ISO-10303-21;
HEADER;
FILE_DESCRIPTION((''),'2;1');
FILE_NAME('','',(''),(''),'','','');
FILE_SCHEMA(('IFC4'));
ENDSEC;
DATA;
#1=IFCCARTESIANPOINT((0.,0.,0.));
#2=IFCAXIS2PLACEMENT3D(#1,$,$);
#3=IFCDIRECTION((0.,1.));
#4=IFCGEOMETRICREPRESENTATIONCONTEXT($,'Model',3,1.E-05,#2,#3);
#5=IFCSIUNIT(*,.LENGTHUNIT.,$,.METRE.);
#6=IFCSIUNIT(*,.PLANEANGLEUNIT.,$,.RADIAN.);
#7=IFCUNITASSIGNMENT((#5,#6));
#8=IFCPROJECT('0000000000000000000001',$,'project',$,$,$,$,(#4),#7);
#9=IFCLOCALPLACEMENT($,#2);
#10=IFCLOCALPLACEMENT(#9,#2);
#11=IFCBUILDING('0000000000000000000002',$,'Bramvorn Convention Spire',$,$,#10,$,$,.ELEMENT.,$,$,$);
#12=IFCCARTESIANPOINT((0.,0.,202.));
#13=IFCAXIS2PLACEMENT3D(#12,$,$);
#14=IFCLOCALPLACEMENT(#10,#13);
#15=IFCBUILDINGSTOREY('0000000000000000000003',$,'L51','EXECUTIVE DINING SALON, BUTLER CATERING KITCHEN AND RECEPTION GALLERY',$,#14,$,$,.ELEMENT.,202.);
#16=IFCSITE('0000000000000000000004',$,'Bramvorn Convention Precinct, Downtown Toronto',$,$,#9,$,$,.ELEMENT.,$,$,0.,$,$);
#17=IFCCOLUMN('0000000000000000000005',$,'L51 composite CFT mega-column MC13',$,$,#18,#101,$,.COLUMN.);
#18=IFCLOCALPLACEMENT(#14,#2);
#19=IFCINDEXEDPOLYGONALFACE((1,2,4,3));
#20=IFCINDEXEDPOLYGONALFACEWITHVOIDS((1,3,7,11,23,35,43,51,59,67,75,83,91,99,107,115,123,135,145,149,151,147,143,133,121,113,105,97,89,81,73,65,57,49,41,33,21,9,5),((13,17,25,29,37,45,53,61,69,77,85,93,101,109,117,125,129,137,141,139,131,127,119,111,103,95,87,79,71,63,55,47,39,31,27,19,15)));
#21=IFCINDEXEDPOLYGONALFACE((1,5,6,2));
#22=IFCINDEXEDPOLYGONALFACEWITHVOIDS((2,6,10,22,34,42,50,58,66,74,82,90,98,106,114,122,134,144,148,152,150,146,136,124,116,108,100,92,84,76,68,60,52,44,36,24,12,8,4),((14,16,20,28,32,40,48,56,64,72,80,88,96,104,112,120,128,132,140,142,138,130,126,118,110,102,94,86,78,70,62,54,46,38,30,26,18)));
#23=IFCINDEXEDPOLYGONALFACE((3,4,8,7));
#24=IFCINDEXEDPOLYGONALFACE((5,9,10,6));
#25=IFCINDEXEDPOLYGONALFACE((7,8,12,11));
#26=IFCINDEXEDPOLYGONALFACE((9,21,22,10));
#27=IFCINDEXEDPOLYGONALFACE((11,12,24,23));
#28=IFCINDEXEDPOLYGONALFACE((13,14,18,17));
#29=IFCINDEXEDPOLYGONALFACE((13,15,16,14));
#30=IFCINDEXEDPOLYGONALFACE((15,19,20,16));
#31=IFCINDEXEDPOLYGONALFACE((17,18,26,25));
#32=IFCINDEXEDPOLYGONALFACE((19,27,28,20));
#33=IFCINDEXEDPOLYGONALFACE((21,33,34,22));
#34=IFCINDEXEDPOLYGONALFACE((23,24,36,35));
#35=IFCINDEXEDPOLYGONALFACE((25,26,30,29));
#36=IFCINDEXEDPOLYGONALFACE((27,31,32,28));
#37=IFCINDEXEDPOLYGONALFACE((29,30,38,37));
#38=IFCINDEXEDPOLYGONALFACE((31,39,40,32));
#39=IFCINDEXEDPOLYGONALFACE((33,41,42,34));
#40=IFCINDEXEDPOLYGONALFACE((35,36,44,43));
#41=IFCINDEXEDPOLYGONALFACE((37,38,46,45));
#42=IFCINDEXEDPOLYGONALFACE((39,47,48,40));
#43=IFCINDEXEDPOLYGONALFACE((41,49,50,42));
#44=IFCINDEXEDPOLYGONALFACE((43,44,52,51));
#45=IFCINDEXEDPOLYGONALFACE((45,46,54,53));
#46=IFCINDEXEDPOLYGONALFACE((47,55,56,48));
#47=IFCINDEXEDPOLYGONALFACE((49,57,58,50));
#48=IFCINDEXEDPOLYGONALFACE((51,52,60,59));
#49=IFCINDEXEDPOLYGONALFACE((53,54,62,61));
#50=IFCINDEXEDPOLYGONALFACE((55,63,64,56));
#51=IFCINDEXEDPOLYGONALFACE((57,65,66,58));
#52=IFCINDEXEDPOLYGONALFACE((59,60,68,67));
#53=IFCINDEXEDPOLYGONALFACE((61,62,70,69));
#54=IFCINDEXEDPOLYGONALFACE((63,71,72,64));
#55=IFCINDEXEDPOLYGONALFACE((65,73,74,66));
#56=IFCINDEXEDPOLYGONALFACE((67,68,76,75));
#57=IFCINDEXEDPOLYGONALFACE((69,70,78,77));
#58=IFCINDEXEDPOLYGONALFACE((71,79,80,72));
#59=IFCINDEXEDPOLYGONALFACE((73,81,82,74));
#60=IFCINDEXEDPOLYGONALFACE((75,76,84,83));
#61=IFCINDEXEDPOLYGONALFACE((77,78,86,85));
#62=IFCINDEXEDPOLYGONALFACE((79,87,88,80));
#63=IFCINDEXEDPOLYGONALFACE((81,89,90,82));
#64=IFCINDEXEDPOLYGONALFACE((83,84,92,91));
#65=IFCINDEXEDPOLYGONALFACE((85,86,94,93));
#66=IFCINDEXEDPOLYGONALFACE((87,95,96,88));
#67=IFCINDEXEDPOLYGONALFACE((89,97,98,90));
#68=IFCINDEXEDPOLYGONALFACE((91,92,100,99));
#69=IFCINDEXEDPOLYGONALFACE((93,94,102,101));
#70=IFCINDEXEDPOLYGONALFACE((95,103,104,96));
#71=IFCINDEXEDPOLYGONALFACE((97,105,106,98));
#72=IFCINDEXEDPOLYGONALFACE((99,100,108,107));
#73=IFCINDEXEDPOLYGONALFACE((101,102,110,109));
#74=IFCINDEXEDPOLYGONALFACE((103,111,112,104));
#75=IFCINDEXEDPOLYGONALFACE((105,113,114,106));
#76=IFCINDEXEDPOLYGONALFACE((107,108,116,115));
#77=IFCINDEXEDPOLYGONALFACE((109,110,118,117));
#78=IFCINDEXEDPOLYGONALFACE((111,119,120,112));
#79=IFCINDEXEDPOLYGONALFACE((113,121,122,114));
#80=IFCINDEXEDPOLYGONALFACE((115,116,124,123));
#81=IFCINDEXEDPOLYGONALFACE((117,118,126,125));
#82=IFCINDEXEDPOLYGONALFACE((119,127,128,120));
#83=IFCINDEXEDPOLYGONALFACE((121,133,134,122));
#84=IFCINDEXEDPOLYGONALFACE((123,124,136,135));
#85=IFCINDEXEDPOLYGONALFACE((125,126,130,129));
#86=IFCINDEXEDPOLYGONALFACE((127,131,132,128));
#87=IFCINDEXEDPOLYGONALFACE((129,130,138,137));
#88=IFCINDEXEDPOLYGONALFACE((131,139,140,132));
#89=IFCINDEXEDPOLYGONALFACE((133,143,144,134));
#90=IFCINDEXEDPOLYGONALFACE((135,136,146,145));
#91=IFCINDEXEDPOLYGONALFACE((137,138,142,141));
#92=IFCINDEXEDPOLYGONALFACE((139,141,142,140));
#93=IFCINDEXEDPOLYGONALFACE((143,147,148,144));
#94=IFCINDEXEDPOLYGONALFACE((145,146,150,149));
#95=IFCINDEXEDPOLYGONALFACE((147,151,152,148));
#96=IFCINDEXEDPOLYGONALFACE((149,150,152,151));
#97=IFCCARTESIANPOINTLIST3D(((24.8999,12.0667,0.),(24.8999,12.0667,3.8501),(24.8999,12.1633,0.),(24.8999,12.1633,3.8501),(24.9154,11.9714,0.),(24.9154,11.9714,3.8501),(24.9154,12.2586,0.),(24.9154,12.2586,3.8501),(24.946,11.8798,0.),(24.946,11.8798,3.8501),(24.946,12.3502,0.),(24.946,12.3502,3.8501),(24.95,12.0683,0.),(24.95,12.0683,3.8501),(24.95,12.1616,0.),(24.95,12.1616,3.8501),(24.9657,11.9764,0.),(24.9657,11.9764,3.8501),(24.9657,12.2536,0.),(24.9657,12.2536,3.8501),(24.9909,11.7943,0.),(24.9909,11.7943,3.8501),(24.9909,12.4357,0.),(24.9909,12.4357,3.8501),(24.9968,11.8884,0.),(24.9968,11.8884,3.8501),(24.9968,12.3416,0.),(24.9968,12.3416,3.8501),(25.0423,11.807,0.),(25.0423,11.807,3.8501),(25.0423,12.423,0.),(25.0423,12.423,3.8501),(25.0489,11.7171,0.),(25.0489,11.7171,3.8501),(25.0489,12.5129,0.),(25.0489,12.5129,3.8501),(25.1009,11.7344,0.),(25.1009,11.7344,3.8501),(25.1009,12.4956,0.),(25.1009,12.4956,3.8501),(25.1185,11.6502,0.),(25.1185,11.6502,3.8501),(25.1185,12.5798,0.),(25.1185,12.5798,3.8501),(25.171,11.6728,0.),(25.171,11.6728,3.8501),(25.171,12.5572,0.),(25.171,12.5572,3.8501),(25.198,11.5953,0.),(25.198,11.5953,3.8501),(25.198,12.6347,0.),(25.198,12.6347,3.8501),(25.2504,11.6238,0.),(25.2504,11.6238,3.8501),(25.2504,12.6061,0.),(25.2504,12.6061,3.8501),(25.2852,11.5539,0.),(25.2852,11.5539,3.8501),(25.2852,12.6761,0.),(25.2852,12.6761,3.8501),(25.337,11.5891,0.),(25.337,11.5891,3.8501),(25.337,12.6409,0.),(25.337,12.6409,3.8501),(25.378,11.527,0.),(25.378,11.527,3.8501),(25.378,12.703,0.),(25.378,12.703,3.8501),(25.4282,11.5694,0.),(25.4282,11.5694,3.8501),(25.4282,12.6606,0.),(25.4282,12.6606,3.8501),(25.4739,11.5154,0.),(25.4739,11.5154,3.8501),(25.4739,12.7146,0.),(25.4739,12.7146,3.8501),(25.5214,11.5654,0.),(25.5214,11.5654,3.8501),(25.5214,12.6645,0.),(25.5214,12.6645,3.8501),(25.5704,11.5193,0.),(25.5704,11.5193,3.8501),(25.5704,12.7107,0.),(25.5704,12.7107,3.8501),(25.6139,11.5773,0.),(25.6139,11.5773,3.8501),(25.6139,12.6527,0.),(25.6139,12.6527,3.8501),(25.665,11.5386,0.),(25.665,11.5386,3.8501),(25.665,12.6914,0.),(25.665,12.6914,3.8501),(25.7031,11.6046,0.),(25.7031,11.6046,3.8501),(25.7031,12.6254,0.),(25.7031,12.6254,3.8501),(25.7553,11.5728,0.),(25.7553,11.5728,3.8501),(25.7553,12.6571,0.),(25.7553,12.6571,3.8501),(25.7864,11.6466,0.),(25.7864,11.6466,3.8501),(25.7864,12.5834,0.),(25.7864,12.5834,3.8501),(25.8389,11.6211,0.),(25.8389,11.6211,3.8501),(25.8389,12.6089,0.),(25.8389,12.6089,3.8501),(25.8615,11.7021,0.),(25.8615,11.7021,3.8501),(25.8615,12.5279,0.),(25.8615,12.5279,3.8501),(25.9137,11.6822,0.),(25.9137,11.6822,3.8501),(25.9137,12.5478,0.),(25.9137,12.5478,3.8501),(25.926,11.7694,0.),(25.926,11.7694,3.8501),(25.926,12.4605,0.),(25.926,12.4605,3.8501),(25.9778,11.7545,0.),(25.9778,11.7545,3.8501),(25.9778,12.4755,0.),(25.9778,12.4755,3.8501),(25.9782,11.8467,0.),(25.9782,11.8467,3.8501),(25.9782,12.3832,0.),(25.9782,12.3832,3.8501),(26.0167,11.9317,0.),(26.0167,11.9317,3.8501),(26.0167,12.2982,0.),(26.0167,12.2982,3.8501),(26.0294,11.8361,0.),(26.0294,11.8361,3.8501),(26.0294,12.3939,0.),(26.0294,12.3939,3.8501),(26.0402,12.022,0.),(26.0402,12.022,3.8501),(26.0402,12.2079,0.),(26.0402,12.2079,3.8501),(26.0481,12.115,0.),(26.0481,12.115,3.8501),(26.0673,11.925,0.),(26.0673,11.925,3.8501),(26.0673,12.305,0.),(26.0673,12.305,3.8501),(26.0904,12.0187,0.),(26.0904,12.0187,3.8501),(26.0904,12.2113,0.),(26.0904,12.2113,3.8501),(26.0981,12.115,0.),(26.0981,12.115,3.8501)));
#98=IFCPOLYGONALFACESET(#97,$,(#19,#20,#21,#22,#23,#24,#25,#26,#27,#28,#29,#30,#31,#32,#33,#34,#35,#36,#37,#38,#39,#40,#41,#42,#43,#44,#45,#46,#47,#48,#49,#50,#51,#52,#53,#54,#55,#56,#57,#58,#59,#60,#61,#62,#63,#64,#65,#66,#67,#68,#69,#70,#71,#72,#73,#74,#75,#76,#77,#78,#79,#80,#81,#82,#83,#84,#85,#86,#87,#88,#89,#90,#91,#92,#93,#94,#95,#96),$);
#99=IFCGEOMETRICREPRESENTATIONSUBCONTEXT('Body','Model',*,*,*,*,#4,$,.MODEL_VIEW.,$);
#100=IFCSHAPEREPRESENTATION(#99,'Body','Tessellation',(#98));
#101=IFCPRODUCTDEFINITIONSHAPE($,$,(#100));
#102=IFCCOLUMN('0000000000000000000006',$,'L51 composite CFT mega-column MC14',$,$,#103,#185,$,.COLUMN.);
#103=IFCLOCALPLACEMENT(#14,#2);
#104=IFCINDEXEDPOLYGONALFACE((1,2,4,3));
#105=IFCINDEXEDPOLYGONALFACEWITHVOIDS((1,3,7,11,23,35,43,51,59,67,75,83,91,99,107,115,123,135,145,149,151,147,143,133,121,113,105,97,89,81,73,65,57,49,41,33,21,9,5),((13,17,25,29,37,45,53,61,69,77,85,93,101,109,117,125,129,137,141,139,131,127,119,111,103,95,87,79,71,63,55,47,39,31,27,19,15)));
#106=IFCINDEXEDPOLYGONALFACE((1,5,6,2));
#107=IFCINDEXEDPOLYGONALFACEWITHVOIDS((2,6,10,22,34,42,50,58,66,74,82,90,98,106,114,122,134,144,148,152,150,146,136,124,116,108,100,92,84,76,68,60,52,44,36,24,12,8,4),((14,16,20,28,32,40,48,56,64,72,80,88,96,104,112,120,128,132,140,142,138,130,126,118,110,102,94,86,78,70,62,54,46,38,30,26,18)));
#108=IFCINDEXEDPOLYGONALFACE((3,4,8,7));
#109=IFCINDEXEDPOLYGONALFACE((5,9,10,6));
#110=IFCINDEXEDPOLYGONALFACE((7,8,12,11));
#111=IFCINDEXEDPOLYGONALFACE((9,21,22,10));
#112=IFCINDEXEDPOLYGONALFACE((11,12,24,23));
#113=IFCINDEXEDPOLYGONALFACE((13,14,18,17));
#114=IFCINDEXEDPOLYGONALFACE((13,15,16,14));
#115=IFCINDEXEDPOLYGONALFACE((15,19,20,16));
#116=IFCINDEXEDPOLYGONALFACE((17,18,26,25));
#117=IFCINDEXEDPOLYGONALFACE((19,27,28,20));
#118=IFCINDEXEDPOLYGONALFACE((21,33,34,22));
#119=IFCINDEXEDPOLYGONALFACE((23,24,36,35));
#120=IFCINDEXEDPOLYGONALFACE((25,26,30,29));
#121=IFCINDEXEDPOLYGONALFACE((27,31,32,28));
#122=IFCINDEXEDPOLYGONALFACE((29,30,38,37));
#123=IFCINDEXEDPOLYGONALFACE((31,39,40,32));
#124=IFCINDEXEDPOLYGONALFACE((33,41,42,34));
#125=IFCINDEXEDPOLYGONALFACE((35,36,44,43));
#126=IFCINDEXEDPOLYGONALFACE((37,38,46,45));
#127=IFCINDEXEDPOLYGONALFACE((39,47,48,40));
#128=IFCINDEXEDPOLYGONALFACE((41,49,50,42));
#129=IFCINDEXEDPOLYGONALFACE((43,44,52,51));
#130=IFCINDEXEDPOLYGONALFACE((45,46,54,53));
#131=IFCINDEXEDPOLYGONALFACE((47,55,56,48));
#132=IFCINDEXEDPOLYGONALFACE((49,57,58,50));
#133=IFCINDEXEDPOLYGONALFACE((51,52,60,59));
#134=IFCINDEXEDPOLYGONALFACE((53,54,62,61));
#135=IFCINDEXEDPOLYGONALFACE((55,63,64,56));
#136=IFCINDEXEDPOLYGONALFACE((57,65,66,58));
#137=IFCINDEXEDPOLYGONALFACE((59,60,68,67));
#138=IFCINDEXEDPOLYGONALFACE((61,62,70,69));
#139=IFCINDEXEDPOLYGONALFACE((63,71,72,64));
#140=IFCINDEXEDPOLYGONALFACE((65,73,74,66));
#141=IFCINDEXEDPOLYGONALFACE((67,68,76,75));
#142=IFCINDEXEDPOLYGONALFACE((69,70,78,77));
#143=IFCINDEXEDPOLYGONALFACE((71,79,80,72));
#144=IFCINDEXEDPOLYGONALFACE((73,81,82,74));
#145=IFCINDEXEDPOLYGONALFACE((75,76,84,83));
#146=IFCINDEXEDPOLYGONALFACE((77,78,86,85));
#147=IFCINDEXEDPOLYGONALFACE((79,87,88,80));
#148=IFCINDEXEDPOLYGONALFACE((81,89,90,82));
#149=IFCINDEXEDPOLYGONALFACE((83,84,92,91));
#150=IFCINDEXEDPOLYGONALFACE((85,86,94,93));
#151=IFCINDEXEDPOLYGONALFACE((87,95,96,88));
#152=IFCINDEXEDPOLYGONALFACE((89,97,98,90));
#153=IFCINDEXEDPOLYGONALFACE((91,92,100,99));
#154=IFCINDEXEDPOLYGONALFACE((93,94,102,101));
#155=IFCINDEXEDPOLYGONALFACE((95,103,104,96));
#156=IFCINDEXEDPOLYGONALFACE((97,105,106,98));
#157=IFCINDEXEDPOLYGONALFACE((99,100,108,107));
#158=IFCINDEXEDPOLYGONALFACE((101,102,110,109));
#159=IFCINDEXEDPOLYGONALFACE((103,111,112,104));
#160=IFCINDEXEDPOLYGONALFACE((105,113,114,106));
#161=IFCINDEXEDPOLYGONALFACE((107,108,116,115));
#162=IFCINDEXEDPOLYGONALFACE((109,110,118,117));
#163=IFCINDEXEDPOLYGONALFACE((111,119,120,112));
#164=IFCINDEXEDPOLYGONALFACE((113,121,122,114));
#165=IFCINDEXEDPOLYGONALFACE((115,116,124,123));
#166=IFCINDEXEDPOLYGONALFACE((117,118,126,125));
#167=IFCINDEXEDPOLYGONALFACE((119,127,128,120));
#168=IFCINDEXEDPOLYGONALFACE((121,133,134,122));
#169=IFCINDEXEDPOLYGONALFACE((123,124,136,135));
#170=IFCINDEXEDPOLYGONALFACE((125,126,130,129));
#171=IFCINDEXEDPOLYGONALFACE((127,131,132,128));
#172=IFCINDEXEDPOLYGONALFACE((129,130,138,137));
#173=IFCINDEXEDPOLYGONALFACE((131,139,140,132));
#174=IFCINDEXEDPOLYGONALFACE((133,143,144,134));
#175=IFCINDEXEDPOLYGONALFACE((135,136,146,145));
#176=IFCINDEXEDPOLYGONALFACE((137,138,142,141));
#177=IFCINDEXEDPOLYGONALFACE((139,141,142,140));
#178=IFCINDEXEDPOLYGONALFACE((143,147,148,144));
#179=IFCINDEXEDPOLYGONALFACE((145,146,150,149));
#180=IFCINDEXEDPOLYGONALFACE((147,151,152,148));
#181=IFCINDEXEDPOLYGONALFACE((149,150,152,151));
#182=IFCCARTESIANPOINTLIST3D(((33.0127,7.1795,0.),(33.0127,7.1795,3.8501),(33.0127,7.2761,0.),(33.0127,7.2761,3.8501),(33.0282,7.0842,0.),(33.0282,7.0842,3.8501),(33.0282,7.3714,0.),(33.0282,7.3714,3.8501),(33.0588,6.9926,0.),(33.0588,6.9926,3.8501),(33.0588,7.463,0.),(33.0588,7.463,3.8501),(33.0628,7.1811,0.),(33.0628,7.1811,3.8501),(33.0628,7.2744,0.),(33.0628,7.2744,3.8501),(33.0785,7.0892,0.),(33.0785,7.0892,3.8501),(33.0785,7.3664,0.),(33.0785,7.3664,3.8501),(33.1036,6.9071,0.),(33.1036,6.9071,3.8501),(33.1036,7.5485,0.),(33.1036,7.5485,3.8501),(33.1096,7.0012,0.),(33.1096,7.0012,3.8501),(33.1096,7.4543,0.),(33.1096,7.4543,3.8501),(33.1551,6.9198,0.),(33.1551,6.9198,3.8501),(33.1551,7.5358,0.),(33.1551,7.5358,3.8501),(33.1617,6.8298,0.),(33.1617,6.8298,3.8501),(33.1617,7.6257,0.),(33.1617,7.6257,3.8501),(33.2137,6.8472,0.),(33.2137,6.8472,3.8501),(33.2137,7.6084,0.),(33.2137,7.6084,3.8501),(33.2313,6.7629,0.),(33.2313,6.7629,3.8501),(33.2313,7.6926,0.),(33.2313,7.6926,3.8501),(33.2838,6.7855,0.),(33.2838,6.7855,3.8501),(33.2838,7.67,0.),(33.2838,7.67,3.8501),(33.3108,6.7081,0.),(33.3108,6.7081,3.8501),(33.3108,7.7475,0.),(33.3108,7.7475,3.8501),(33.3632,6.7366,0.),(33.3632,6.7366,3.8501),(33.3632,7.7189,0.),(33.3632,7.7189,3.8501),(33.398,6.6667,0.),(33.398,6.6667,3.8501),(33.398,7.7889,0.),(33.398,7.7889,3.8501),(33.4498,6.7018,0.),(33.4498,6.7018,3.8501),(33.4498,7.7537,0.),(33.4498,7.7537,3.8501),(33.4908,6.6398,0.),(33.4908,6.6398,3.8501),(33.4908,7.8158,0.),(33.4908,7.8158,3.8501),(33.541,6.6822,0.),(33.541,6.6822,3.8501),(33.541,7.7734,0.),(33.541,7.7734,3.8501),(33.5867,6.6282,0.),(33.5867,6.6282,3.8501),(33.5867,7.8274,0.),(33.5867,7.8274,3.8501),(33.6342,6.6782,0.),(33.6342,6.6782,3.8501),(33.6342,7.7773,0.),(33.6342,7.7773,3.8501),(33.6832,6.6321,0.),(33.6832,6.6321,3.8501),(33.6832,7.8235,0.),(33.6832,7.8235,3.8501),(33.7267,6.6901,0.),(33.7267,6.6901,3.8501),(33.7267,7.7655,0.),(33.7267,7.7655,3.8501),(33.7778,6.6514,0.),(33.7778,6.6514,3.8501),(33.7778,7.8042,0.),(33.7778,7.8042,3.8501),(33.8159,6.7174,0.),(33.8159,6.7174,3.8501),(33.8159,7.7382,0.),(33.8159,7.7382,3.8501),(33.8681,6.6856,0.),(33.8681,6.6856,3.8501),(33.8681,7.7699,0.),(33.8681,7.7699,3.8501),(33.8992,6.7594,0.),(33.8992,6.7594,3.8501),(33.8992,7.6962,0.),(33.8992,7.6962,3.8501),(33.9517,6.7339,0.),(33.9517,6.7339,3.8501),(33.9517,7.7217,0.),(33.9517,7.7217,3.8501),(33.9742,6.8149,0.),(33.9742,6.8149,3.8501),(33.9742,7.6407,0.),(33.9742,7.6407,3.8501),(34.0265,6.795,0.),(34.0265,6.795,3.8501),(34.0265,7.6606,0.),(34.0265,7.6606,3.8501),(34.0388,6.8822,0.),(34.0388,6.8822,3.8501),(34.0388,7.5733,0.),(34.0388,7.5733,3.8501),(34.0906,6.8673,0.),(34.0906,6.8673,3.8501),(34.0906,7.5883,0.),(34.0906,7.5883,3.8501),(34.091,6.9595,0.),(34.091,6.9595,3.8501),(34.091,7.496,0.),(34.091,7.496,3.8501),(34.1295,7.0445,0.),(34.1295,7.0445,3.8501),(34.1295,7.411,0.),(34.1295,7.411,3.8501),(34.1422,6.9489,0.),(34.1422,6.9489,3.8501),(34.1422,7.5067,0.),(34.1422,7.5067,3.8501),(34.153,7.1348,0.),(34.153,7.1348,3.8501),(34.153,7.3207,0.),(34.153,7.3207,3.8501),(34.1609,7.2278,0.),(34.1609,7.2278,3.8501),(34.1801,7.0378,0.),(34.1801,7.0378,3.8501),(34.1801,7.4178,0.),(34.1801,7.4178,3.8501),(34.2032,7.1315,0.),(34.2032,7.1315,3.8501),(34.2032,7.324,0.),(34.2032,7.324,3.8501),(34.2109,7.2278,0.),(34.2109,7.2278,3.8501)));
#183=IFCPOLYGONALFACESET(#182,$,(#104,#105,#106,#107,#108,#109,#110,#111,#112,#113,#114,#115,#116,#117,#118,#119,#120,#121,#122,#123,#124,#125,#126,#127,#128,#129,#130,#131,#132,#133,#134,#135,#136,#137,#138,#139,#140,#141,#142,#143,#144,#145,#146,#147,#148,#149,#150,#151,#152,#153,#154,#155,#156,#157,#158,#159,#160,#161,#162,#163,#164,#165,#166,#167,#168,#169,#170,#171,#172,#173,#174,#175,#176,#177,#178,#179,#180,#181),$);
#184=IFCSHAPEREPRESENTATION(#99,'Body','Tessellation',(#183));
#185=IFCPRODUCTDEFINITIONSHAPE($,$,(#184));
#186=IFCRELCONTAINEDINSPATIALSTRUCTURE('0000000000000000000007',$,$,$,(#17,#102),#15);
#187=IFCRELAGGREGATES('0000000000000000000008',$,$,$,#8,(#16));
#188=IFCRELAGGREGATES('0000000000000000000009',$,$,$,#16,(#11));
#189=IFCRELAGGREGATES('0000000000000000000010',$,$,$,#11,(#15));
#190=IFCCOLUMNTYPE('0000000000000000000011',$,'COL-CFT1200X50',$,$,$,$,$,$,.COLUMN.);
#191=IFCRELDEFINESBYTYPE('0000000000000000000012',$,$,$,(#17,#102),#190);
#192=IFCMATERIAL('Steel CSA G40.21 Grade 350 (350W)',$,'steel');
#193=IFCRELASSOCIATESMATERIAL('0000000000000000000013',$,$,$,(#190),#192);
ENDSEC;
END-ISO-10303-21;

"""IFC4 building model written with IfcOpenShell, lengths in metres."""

from ifc_helpers import new_model, si_unit, direction, frame, origin, origin_2d, place, context, subcontext, project, spatial, hollow_circle, extrude, material, material_profile, profile_set, type_object, element, save


model = new_model("IFC4")

# Units and contexts
model_context = context("Model", 3, precision=1e-05, world=origin(), true_north=direction((0.0, 1.0)))
body_context = subcontext(model_context, "Body", "Model", "MODEL_VIEW")
ifc_project = project(units=[si_unit("LENGTHUNIT", "METRE"), si_unit("PLANEANGLEUNIT", "RADIAN")], contexts=[model_context])

# Site, building, storey
site_placement = place(None, origin())
site = spatial("IfcSite", under=ifc_project, at=site_placement, Name="Bramvorn Convention Precinct, Downtown Toronto", CompositionType="ELEMENT", RefElevation=0.0)
building_placement = place(site_placement, origin())
building = spatial("IfcBuilding", under=site, at=building_placement, Name="Bramvorn Convention Spire", CompositionType="ELEMENT")
storey_placement = place(building_placement, frame((0.0, 0.0, 202.0)))
storey = spatial("IfcBuildingStorey", under=building, at=storey_placement, Name="L51", Description="EXECUTIVE DINING SALON, BUTLER CATERING KITCHEN AND RECEPTION GALLERY", CompositionType="ELEMENT", Elevation=202.0)

# Columns
ifc_material_1 = material(Name="Steel CSA G40.21 Grade 350 (350W)", Category="steel")
ifc_material_profile_1 = material_profile(ifc_material_1, hollow_circle(Radius=0.6001, WallThickness=0.05, at=origin_2d()))
ifc_profile_set_1 = profile_set([ifc_material_profile_1], Name="Steel CSA G40.21 Grade 350 (350W) - CFT1200X50")
column_type = type_object("IfcColumnType", Name="COL-CFT1200X50", PredefinedType="COLUMN", material=ifc_profile_set_1)
for number, where, z_axis, x_axis, name in (
    (1, (25.498, 12.115, 0.0), (0.0, 0.0, 1.0), (1.0, 0.0, 0.0), "L51 composite CFT mega-column MC13"),
    (2, (33.6108, 7.2278, 0.0), (0.0, 0.0, 1.0), (1.0, 0.0, 0.0), "L51 composite CFT mega-column MC14"),
):
    element("IfcColumn", number, at=place(storey_placement, frame(where, z_axis=z_axis, x_axis=x_axis)), inside=storey, type_object=column_type, Name=name, PredefinedType="COLUMN", context=body_context, shape_type="SweptSolid", body=[
        extrude(hollow_circle(Radius=0.6001, WallThickness=0.05, at=origin_2d()), origin(), (0.0, 0.0, 1.0), 3.8501),
    ])

save(model, "model.ifc")
